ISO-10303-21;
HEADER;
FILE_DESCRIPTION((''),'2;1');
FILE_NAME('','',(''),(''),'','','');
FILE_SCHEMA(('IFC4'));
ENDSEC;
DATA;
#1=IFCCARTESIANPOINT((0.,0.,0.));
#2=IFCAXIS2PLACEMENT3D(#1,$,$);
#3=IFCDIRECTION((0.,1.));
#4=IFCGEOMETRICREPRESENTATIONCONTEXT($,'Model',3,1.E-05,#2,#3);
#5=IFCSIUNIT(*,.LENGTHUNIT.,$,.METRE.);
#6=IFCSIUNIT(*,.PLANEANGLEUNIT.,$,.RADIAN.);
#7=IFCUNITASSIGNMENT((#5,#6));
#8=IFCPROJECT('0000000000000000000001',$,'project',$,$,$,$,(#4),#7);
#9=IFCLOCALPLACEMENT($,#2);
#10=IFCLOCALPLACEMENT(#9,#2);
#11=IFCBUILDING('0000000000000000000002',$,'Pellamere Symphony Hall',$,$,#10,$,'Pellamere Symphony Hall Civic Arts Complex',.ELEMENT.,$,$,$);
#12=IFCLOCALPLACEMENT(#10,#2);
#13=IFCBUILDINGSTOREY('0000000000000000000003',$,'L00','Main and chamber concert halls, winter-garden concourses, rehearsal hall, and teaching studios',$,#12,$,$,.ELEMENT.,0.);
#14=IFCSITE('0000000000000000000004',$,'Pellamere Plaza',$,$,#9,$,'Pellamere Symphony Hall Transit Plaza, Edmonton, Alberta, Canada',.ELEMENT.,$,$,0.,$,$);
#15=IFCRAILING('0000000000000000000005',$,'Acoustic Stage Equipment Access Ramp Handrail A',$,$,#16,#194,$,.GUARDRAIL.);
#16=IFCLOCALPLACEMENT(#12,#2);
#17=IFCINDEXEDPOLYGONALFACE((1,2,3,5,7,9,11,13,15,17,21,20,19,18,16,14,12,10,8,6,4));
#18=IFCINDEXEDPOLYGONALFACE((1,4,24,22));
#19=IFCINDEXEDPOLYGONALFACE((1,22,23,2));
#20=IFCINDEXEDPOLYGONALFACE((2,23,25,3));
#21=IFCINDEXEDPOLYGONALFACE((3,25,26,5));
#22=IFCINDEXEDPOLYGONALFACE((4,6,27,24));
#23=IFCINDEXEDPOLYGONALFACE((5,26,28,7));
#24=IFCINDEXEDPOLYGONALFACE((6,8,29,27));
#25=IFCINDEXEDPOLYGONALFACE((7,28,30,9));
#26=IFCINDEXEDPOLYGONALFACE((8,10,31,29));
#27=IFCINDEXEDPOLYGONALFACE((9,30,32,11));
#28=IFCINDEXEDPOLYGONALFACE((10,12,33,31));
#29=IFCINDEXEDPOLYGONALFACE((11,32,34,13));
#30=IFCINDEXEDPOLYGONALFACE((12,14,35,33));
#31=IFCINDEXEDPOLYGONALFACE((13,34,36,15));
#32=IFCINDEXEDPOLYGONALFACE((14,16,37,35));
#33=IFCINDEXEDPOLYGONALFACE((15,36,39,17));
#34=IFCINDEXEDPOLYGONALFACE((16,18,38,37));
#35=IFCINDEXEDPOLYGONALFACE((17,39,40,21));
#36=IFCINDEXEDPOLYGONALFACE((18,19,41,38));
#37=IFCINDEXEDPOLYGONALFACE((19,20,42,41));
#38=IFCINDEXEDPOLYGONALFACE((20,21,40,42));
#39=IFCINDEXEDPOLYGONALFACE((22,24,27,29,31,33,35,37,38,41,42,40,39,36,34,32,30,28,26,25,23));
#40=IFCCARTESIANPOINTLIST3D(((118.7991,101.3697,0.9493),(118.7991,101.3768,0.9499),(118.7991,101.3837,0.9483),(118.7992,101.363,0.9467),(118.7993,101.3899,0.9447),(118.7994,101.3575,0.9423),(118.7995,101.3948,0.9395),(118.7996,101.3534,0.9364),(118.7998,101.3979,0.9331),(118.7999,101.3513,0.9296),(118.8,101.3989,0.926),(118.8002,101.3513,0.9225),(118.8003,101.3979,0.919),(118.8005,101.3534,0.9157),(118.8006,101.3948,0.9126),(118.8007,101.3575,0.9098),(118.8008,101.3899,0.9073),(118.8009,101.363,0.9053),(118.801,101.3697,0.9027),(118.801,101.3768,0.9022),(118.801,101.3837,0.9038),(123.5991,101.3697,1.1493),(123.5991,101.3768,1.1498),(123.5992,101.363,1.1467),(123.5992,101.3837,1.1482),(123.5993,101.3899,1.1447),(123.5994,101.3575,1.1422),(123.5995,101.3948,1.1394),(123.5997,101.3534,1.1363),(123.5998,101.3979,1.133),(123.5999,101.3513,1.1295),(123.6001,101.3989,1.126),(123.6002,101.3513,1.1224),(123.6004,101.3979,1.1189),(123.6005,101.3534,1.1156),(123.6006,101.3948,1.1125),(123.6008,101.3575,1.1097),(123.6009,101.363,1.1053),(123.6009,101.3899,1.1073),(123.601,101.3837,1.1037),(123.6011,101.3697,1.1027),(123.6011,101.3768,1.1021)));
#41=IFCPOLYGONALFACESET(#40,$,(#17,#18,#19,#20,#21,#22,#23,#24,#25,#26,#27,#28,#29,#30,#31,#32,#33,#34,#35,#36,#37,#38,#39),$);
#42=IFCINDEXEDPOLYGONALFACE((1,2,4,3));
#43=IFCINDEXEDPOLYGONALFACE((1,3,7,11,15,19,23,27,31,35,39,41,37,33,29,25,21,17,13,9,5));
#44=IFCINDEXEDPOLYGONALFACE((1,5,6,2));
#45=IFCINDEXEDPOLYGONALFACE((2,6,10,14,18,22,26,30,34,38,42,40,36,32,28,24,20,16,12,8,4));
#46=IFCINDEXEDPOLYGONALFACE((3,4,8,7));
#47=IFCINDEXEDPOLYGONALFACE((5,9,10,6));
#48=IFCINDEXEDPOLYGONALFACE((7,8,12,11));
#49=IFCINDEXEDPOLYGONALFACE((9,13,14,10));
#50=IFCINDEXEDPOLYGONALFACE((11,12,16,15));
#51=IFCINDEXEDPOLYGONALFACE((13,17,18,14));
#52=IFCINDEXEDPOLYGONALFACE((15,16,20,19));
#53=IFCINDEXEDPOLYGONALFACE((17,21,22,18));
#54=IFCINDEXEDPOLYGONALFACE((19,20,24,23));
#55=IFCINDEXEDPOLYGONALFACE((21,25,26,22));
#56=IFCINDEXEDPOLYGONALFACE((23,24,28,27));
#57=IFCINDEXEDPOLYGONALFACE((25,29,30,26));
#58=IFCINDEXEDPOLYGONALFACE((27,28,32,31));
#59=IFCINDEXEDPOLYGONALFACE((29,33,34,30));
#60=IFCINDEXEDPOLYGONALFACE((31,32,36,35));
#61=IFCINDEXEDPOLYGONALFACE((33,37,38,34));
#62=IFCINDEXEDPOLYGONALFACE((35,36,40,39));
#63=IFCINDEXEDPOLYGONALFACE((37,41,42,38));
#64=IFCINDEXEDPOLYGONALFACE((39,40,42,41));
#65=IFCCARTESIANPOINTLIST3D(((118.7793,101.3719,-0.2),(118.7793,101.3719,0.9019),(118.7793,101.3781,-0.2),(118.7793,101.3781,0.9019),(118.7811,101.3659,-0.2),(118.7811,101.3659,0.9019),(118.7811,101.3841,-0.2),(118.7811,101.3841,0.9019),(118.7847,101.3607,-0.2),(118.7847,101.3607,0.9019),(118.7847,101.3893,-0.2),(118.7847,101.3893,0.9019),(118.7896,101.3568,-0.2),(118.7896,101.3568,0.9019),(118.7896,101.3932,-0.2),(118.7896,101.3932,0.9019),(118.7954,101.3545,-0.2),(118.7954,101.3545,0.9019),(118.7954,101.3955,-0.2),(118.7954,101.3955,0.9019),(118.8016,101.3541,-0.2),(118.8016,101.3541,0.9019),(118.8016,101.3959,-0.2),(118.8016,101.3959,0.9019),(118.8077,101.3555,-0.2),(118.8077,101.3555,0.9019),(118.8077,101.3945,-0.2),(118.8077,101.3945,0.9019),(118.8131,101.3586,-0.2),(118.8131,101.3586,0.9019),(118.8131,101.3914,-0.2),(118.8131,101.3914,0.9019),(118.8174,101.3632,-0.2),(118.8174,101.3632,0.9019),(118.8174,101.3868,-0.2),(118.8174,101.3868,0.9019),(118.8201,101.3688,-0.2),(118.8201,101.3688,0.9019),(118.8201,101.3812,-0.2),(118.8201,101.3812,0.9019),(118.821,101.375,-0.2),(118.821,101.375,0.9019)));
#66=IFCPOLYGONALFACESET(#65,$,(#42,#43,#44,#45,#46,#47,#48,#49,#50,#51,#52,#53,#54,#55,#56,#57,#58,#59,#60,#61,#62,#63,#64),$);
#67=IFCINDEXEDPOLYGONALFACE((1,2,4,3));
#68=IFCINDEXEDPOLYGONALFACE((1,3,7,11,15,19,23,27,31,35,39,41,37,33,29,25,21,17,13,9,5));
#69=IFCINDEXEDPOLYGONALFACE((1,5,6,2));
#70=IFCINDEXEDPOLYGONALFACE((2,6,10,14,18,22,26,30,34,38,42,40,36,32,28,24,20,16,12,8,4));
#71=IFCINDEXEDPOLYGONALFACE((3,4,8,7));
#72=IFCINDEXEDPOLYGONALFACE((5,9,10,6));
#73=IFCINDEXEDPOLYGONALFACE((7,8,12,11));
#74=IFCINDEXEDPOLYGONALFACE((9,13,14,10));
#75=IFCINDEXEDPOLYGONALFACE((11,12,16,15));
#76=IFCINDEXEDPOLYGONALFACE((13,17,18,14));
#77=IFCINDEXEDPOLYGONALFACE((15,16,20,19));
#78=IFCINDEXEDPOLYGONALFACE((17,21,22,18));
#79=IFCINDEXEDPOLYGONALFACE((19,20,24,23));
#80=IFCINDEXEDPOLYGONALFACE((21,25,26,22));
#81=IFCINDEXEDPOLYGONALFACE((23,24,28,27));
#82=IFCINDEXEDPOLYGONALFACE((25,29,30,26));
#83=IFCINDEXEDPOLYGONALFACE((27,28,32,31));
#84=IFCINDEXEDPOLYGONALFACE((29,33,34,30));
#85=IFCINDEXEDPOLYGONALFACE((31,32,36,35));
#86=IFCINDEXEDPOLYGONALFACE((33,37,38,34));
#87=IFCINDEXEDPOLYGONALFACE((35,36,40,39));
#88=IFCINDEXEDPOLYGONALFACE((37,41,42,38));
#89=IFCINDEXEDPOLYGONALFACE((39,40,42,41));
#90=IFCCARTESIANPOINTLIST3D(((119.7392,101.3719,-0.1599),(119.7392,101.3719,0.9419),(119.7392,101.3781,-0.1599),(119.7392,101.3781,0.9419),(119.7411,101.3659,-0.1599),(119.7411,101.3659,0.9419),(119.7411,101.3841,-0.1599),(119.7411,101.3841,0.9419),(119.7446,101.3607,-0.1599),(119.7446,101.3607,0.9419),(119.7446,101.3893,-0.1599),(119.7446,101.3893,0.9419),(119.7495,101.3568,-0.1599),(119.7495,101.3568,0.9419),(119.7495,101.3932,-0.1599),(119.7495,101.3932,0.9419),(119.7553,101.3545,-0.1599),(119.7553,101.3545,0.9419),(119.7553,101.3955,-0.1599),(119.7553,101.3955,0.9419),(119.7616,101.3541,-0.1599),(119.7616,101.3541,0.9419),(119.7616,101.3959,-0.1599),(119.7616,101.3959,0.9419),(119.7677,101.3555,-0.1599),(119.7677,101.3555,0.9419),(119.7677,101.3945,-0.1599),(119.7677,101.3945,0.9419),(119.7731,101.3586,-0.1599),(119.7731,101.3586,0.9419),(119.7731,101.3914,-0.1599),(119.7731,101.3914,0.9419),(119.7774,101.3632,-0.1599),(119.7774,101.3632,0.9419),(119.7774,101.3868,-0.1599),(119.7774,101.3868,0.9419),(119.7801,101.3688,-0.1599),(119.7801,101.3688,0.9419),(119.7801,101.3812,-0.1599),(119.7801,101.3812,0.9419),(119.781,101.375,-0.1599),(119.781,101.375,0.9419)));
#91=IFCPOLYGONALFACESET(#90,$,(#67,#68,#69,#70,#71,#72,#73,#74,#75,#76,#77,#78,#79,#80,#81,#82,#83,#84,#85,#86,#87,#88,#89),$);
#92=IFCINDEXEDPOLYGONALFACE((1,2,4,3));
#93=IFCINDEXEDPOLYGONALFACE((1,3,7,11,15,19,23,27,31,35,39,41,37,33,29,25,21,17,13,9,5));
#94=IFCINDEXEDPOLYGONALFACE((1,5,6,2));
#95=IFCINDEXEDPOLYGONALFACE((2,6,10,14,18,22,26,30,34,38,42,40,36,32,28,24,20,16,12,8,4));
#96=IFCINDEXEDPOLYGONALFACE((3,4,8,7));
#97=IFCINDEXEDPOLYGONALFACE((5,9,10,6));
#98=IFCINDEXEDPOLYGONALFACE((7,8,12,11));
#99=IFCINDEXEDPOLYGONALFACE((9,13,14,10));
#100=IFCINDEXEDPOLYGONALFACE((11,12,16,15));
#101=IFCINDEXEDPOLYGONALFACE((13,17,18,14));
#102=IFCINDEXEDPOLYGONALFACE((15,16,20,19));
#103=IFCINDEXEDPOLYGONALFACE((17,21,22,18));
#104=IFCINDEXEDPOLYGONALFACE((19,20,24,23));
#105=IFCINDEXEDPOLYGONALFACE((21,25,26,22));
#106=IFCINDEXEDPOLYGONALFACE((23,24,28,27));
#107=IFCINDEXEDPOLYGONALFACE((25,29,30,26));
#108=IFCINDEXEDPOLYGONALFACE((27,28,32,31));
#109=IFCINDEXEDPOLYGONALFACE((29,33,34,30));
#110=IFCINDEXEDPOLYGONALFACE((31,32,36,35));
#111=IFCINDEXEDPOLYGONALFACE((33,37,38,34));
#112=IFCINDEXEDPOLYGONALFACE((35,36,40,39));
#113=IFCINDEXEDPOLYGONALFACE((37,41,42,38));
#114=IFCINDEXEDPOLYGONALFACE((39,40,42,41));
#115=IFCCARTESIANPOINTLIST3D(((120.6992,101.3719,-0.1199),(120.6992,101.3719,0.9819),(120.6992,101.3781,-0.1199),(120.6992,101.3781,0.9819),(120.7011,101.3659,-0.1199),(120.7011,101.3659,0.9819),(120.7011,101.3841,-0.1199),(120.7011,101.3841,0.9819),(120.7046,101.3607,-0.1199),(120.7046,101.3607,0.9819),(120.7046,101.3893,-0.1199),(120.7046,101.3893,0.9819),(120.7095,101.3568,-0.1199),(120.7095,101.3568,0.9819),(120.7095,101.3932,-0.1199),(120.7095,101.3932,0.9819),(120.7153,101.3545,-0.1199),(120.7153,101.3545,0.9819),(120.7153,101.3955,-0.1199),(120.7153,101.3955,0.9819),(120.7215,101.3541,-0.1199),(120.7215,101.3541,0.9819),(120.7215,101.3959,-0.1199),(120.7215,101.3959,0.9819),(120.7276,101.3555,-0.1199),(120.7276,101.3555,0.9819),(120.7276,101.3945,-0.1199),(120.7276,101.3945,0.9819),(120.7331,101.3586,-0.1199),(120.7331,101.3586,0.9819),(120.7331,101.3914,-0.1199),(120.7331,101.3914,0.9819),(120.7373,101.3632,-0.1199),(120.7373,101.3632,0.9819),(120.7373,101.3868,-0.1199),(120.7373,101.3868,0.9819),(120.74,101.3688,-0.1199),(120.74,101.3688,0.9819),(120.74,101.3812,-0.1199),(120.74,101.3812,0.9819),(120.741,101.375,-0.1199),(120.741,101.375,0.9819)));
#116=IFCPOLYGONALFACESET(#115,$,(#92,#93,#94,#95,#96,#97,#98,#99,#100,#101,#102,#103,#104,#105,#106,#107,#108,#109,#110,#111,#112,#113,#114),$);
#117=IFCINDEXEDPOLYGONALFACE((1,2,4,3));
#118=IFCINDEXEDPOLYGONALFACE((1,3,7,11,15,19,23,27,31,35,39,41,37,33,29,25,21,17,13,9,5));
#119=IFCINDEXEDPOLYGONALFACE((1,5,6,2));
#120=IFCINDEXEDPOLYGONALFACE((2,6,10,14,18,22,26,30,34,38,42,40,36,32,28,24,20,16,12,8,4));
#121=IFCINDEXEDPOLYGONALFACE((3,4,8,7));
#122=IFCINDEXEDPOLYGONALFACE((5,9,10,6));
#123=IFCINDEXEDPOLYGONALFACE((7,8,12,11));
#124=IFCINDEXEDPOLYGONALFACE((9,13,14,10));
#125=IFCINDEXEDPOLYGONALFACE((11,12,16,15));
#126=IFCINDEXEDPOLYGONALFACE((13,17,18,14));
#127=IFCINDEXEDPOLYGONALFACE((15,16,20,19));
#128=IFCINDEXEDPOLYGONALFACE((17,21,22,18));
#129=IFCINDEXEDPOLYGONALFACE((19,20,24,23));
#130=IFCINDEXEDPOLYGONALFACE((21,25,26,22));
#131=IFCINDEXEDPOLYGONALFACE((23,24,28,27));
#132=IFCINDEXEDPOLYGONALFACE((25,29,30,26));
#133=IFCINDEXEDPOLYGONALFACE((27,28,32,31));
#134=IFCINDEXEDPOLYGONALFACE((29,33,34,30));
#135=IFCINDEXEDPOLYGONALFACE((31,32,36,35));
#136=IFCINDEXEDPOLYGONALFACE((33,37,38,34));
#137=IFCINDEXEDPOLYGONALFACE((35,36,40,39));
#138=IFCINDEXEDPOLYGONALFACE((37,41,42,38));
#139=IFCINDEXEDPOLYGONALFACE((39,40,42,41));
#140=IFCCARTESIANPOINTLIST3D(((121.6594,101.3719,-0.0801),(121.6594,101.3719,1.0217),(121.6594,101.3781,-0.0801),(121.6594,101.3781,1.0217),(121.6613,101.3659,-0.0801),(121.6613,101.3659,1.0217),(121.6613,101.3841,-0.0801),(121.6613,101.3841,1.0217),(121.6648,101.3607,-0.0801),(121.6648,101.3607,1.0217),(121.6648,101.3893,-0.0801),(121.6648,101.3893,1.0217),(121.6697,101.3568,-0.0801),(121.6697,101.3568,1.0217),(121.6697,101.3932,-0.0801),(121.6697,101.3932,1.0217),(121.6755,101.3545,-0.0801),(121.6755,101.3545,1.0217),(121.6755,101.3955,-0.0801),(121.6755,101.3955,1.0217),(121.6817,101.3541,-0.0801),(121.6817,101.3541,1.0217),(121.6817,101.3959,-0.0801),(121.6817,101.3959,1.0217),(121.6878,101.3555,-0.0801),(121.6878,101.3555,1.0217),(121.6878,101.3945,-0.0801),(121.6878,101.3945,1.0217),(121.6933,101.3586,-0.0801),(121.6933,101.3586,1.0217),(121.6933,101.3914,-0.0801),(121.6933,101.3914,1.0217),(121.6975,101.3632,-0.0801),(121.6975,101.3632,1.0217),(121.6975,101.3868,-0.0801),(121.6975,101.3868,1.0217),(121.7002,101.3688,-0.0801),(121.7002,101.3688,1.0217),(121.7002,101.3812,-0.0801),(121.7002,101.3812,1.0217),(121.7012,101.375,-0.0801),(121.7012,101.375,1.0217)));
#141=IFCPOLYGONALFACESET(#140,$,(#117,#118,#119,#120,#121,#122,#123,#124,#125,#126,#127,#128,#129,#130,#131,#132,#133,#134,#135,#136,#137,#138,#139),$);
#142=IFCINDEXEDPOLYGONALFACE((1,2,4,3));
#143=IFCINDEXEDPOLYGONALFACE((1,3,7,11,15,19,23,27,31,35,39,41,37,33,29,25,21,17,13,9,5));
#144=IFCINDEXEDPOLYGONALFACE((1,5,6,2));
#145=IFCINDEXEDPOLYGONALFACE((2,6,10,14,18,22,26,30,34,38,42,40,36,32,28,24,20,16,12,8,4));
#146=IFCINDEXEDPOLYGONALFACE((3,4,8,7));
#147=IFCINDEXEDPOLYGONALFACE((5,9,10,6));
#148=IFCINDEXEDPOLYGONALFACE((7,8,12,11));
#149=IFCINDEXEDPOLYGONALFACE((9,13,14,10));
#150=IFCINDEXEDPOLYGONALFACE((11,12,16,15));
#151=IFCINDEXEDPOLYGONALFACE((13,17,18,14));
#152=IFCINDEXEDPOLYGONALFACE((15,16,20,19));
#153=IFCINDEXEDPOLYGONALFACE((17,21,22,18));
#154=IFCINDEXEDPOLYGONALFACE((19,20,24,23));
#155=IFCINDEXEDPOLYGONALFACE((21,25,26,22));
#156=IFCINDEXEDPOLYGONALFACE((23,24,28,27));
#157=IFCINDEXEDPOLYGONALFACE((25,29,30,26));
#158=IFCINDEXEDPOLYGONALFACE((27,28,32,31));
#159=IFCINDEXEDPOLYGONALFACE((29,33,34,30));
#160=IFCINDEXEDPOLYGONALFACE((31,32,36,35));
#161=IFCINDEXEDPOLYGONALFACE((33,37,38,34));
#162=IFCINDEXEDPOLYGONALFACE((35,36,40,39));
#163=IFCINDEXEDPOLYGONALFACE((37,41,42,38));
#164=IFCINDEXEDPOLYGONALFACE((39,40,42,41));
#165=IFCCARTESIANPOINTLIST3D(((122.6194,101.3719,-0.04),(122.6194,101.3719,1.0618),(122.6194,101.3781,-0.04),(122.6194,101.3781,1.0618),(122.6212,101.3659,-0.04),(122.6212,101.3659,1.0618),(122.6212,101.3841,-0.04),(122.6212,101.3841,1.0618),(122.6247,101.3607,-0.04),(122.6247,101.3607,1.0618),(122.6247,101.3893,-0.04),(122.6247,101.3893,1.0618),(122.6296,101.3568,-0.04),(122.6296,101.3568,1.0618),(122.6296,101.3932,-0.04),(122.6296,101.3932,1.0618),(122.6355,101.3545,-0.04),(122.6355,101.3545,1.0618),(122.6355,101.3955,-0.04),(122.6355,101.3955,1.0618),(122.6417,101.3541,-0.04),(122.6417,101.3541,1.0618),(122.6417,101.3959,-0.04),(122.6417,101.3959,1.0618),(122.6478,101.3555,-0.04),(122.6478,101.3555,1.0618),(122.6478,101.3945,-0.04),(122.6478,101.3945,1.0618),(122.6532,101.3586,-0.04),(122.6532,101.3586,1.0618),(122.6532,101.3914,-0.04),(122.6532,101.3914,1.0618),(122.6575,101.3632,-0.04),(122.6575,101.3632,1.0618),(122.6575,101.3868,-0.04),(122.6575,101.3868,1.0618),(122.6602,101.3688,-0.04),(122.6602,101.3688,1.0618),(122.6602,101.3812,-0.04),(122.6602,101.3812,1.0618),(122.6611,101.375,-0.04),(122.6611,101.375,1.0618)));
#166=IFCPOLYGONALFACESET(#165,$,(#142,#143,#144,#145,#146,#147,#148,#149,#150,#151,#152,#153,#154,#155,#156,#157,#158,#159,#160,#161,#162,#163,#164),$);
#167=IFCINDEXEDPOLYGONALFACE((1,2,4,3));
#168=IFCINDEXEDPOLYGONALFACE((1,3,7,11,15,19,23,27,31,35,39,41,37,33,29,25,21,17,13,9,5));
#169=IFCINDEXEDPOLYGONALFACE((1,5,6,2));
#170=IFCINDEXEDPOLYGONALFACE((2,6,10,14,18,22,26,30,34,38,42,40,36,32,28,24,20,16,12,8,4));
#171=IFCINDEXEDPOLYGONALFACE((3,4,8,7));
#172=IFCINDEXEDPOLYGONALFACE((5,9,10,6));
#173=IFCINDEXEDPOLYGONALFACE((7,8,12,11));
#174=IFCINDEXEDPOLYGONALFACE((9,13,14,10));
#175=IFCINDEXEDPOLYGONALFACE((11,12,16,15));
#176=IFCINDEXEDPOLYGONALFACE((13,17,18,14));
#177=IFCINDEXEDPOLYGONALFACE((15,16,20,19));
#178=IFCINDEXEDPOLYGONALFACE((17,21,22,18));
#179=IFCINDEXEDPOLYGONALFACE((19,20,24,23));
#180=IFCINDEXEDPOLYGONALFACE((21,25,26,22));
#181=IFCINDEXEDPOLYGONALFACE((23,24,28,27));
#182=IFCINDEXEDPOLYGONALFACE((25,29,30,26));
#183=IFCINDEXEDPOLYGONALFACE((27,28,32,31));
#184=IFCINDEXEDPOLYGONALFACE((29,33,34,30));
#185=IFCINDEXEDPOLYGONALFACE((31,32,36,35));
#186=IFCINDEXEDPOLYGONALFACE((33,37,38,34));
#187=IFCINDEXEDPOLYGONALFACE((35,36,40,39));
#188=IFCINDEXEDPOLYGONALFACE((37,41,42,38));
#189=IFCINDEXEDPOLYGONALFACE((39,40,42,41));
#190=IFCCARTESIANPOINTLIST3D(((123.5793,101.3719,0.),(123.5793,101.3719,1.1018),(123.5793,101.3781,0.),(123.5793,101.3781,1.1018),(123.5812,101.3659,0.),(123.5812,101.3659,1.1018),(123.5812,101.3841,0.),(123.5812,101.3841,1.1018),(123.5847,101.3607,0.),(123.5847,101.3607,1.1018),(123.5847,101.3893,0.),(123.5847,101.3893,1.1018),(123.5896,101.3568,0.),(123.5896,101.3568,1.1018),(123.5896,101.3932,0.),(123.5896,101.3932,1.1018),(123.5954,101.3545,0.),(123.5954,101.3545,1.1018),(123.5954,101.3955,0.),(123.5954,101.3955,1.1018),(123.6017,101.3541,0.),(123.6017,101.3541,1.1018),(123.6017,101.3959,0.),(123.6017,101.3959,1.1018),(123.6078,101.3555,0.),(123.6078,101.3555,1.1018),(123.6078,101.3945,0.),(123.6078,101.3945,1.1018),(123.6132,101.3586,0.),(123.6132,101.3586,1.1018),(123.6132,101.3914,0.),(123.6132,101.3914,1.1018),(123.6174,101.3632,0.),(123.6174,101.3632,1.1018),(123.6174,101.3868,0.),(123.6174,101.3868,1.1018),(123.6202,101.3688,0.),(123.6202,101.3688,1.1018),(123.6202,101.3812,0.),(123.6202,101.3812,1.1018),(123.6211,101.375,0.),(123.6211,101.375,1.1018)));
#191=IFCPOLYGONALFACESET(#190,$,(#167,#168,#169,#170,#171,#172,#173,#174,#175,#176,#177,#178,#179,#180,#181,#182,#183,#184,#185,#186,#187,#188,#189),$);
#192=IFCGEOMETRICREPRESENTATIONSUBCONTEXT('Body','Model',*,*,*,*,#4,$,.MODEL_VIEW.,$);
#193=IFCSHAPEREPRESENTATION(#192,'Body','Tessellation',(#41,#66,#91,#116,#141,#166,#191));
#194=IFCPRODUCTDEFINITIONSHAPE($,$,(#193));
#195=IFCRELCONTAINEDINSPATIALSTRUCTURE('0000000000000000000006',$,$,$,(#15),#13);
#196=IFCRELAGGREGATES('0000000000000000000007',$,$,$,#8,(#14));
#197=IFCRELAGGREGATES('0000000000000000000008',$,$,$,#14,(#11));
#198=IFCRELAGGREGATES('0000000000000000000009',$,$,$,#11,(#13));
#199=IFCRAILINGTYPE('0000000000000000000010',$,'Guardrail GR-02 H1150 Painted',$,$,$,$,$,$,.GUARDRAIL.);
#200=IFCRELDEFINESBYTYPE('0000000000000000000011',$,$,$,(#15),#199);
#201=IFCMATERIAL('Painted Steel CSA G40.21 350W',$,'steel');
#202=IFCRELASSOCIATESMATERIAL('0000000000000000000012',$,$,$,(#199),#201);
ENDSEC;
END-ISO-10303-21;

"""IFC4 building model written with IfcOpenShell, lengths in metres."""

from ifc_helpers import new_model, si_unit, direction, frame, origin, origin_2d, place, context, subcontext, project, spatial, circle, extrude, material, type_object, element, save


model = new_model("IFC4")

# Units and contexts
model_context = context("Model", 3, precision=1e-05, world=origin(), true_north=direction((0.0, 1.0)))
body_context = subcontext(model_context, "Body", "Model", "MODEL_VIEW")
ifc_project = project(units=[si_unit("LENGTHUNIT", "METRE"), si_unit("PLANEANGLEUNIT", "RADIAN")], contexts=[model_context])

# Site, building, storey
site_placement = place(None, origin())
site = spatial("IfcSite", under=ifc_project, at=site_placement, Name="Pellamere Plaza", LongName="Pellamere Symphony Hall Transit Plaza, Edmonton, Alberta, Canada", CompositionType="ELEMENT", RefElevation=0.0)
building_placement = place(site_placement, origin())
building = spatial("IfcBuilding", under=site, at=building_placement, Name="Pellamere Symphony Hall", LongName="Pellamere Symphony Hall Civic Arts Complex", CompositionType="ELEMENT")
storey_placement = place(building_placement, origin())
storey = spatial("IfcBuildingStorey", under=building, at=storey_placement, Name="L00", Description="Main and chamber concert halls, winter-garden concourses, rehearsal hall, and teaching studios", CompositionType="ELEMENT", Elevation=0.0)

# Railing
ifc_material_1 = material(Name="Painted Steel CSA G40.21 350W", Category="steel")
railing_type = type_object("IfcRailingType", Name="Guardrail GR-02 H1150 Painted", PredefinedType="GUARDRAIL", material=ifc_material_1)
for number, where, name in (
    (1, (118.8, 101.375, -0.2), "Acoustic Stage Equipment Access Ramp Handrail A"),
):
    element("IfcRailing", number, at=place(storey_placement, frame(where)), inside=storey, type_object=railing_type, Name=name, PredefinedType="GUARDRAIL", context=body_context, shape_type="SweptSolid", body=[
        extrude(circle(Radius=0.0239, at=origin_2d()), frame((0.0, 0.0, 1.126), z_axis=(0.999134, 0.0, 0.04162), x_axis=(0.0, 1.0, 0.0)), (0.0, 0.0, 1.0), 4.8042),
        extrude(circle(Radius=0.021, at=origin_2d()), origin(), (0.0, 0.0, 1.0), 1.1018),
        extrude(circle(Radius=0.021, at=origin_2d()), frame((0.96, 0.0, 0.04)), (0.0, 0.0, 1.0), 1.1018),
        extrude(circle(Radius=0.021, at=origin_2d()), frame((1.9199, 0.0, 0.0801)), (0.0, 0.0, 1.0), 1.1018),
        extrude(circle(Radius=0.021, at=origin_2d()), frame((2.8801, 0.0, 0.1199)), (0.0, 0.0, 1.0), 1.1018),
        extrude(circle(Radius=0.021, at=origin_2d()), frame((3.8401, 0.0, 0.1599)), (0.0, 0.0, 1.0), 1.1018),
        extrude(circle(Radius=0.021, at=origin_2d()), frame((4.8, 0.0, 0.2)), (0.0, 0.0, 1.0), 1.1018),
    ])

save(model, "model.ifc")
